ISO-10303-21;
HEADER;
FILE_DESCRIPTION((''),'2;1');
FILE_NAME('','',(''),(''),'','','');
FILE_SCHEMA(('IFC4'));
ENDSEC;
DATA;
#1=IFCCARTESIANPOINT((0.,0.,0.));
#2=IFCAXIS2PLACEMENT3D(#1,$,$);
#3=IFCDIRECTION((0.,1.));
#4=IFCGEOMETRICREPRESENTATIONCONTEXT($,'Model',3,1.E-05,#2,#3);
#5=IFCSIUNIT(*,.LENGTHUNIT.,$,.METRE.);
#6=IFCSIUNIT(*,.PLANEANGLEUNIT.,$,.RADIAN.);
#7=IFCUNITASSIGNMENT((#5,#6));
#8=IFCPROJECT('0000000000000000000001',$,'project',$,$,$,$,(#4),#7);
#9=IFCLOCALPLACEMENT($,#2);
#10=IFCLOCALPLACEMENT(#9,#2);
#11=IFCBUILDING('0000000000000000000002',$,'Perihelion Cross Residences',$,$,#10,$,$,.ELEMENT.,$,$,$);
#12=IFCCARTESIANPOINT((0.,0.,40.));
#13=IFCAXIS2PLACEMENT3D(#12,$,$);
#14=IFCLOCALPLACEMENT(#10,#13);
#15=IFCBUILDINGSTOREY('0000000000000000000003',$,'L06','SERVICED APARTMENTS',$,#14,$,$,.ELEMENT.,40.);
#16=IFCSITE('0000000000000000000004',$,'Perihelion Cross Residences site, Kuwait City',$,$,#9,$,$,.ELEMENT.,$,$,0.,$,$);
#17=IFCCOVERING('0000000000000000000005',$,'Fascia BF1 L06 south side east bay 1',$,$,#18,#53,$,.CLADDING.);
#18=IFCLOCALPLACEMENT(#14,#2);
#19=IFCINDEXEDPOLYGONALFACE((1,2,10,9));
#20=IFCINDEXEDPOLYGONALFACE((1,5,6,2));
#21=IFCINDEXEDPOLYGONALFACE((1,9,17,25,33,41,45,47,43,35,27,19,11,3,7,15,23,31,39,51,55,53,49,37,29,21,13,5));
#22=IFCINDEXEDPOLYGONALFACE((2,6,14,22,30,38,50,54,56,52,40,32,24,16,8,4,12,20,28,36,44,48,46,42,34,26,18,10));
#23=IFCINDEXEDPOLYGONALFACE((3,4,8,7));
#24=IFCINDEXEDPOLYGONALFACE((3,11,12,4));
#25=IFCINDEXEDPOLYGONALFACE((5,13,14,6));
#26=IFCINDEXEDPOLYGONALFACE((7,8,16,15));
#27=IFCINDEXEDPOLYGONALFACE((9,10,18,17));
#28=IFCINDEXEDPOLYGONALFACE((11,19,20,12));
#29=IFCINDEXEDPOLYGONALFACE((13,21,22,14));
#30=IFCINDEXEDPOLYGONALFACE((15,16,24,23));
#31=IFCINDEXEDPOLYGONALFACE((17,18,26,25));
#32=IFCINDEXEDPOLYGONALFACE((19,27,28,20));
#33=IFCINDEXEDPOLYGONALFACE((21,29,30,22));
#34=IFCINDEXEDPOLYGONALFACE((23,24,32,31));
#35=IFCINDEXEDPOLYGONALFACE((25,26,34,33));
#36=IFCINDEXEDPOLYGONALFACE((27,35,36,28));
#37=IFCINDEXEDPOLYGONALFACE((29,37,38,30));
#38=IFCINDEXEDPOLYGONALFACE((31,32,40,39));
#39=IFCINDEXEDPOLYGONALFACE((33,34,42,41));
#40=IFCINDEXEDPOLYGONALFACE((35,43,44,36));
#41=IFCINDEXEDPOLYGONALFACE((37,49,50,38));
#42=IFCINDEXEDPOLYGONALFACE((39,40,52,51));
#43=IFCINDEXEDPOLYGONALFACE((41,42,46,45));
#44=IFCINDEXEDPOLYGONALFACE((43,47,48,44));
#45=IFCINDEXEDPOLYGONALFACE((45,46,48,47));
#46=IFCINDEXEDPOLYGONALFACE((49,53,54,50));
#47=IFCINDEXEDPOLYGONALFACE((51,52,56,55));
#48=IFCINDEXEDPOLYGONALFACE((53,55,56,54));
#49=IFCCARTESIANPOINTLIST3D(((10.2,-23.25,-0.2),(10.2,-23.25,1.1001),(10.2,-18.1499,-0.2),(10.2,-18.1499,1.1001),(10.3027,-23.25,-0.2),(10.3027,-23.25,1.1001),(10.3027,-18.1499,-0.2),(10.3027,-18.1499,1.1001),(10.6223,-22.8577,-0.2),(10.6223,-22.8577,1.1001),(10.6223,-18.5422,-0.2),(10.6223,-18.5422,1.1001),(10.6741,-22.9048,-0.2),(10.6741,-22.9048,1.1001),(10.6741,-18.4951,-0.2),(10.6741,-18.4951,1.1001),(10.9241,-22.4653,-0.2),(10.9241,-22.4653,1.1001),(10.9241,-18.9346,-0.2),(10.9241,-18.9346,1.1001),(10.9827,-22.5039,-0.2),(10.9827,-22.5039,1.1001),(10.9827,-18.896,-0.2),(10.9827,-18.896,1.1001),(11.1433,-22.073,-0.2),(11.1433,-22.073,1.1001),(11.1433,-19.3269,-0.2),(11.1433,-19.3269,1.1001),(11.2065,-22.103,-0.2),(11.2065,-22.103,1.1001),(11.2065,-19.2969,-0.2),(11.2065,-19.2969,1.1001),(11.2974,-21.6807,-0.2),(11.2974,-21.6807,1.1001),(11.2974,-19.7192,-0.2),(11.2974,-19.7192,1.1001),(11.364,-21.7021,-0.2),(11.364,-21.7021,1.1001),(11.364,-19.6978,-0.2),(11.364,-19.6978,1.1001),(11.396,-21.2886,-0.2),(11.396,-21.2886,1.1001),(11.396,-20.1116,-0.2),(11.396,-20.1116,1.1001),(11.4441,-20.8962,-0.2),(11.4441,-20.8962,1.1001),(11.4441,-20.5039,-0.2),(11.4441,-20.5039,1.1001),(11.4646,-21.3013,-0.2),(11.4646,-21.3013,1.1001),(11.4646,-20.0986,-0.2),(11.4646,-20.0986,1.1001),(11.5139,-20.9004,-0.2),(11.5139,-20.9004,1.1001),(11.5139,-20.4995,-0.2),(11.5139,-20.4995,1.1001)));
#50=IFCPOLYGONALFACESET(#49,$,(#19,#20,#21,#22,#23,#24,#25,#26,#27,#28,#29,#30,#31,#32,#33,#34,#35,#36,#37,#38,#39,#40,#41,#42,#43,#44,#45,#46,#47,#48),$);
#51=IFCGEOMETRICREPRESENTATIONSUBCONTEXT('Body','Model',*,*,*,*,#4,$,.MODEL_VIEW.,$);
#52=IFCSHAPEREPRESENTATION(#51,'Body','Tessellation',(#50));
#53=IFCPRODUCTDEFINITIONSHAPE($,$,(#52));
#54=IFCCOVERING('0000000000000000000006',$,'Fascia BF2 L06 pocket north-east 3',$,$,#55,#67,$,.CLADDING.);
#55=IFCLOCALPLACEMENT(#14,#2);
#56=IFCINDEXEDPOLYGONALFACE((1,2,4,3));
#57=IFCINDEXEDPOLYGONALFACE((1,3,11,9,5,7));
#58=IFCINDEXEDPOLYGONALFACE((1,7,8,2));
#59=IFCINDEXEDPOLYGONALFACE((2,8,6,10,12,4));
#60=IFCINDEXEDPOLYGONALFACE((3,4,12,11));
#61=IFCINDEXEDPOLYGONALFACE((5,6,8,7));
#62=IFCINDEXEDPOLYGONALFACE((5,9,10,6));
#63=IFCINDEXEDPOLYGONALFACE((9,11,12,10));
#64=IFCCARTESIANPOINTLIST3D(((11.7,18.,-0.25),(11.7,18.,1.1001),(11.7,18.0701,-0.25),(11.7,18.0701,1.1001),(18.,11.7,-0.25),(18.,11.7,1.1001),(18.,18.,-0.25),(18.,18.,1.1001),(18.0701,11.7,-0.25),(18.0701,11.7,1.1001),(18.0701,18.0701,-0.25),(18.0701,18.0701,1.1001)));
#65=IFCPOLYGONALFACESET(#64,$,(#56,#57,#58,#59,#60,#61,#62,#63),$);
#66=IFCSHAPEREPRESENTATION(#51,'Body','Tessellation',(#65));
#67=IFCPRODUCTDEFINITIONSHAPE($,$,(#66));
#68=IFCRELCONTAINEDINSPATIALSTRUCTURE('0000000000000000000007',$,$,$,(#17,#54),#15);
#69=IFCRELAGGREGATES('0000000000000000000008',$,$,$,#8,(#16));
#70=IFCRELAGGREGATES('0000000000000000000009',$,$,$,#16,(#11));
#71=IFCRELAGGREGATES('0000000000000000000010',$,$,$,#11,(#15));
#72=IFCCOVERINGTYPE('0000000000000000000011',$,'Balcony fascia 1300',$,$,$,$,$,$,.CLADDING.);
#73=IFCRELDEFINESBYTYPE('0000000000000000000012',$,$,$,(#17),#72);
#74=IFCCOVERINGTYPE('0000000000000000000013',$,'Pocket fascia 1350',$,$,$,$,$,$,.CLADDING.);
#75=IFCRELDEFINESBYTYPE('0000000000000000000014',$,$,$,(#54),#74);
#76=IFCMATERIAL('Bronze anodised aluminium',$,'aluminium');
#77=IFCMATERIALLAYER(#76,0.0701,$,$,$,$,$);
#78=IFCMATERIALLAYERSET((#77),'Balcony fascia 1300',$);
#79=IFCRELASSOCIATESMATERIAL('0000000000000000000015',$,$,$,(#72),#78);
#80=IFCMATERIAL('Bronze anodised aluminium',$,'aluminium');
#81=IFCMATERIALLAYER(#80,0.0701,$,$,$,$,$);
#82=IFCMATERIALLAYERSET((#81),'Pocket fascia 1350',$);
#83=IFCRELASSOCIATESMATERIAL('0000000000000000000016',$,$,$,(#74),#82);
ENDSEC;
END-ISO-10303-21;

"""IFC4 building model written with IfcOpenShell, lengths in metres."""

from ifc_helpers import new_model, si_unit, direction, frame, origin, place, context, subcontext, project, spatial, polyline, outline, extrude, material, layer, layer_set, type_object, element, save


model = new_model("IFC4")

# Units and contexts
model_context = context("Model", 3, precision=1e-05, world=origin(), true_north=direction((0.0, 1.0)))
body_context = subcontext(model_context, "Body", "Model", "MODEL_VIEW")
ifc_project = project(units=[si_unit("LENGTHUNIT", "METRE"), si_unit("PLANEANGLEUNIT", "RADIAN")], contexts=[model_context])

# Site, building, storey
site_placement = place(None, origin())
site = spatial("IfcSite", under=ifc_project, at=site_placement, Name="Perihelion Cross Residences site, Kuwait City", CompositionType="ELEMENT", RefElevation=0.0)
building_placement = place(site_placement, origin())
building = spatial("IfcBuilding", under=site, at=building_placement, Name="Perihelion Cross Residences", CompositionType="ELEMENT")
storey_placement = place(building_placement, frame((0.0, 0.0, 40.0)))
storey = spatial("IfcBuildingStorey", under=building, at=storey_placement, Name="L06", Description="SERVICED APARTMENTS", CompositionType="ELEMENT", Elevation=40.0)

# Coverings
ifc_material_1 = material(Name="Bronze anodised aluminium", Category="aluminium")
ifc_layer_1 = layer(ifc_material_1, 0.0701)
ifc_layer_set_1 = layer_set([ifc_layer_1], Name="Balcony fascia 1300")
covering_type_1 = type_object("IfcCoveringType", Name="Balcony fascia 1300", PredefinedType="CLADDING", material=ifc_layer_set_1)
covering_1_placement = place(storey_placement, frame((0.0, 0.0, -0.2)))
element("IfcCovering", 1, at=covering_1_placement, inside=storey, type_object=covering_type_1, Name="Fascia BF1 L06 south side east bay 1", PredefinedType="CLADDING", context=body_context, shape_type="SweptSolid", body=[
    extrude(outline(polyline([(10.6741, -22.9048), (10.9827, -22.5039), (11.2065, -22.103), (11.364, -21.7021), (11.4646, -21.3013), (11.5139, -20.9004), (11.5139, -20.4995), (11.4646, -20.0986), (11.364, -19.6978), (11.2065, -19.2969), (10.9827, -18.896), (10.6741, -18.4951), (10.3027, -18.1499), (10.2, -18.1499), (10.6223, -18.5422), (10.9241, -18.9346), (11.1433, -19.3269), (11.2974, -19.7192), (11.396, -20.1116), (11.4441, -20.5039), (11.4441, -20.8962), (11.396, -21.2886), (11.2974, -21.6807), (11.1433, -22.073), (10.9241, -22.4653), (10.6223, -22.8577), (10.2, -23.25), (10.3027, -23.25), (10.6741, -22.9048)])), origin(), (0.0, 0.0, 1.0), 1.3),
])
ifc_material_2 = material(Name="Bronze anodised aluminium", Category="aluminium")
ifc_layer_2 = layer(ifc_material_2, 0.0701)
ifc_layer_set_2 = layer_set([ifc_layer_2], Name="Pocket fascia 1350")
covering_type_2 = type_object("IfcCoveringType", Name="Pocket fascia 1350", PredefinedType="CLADDING", material=ifc_layer_set_2)
covering_2_placement = place(storey_placement, frame((0.0, 0.0, -0.25)))
element("IfcCovering", 2, at=covering_2_placement, inside=storey, type_object=covering_type_2, Name="Fascia BF2 L06 pocket north-east 3", PredefinedType="CLADDING", context=body_context, shape_type="SweptSolid", body=[
    extrude(outline(polyline([(18.0701, 18.0701), (11.7, 18.0701), (11.7, 18.0), (18.0, 18.0), (18.0, 11.7), (18.0701, 11.7), (18.0701, 18.0701)])), origin(), (0.0, 0.0, 1.0), 1.3501),
])

save(model, "model.ifc")
